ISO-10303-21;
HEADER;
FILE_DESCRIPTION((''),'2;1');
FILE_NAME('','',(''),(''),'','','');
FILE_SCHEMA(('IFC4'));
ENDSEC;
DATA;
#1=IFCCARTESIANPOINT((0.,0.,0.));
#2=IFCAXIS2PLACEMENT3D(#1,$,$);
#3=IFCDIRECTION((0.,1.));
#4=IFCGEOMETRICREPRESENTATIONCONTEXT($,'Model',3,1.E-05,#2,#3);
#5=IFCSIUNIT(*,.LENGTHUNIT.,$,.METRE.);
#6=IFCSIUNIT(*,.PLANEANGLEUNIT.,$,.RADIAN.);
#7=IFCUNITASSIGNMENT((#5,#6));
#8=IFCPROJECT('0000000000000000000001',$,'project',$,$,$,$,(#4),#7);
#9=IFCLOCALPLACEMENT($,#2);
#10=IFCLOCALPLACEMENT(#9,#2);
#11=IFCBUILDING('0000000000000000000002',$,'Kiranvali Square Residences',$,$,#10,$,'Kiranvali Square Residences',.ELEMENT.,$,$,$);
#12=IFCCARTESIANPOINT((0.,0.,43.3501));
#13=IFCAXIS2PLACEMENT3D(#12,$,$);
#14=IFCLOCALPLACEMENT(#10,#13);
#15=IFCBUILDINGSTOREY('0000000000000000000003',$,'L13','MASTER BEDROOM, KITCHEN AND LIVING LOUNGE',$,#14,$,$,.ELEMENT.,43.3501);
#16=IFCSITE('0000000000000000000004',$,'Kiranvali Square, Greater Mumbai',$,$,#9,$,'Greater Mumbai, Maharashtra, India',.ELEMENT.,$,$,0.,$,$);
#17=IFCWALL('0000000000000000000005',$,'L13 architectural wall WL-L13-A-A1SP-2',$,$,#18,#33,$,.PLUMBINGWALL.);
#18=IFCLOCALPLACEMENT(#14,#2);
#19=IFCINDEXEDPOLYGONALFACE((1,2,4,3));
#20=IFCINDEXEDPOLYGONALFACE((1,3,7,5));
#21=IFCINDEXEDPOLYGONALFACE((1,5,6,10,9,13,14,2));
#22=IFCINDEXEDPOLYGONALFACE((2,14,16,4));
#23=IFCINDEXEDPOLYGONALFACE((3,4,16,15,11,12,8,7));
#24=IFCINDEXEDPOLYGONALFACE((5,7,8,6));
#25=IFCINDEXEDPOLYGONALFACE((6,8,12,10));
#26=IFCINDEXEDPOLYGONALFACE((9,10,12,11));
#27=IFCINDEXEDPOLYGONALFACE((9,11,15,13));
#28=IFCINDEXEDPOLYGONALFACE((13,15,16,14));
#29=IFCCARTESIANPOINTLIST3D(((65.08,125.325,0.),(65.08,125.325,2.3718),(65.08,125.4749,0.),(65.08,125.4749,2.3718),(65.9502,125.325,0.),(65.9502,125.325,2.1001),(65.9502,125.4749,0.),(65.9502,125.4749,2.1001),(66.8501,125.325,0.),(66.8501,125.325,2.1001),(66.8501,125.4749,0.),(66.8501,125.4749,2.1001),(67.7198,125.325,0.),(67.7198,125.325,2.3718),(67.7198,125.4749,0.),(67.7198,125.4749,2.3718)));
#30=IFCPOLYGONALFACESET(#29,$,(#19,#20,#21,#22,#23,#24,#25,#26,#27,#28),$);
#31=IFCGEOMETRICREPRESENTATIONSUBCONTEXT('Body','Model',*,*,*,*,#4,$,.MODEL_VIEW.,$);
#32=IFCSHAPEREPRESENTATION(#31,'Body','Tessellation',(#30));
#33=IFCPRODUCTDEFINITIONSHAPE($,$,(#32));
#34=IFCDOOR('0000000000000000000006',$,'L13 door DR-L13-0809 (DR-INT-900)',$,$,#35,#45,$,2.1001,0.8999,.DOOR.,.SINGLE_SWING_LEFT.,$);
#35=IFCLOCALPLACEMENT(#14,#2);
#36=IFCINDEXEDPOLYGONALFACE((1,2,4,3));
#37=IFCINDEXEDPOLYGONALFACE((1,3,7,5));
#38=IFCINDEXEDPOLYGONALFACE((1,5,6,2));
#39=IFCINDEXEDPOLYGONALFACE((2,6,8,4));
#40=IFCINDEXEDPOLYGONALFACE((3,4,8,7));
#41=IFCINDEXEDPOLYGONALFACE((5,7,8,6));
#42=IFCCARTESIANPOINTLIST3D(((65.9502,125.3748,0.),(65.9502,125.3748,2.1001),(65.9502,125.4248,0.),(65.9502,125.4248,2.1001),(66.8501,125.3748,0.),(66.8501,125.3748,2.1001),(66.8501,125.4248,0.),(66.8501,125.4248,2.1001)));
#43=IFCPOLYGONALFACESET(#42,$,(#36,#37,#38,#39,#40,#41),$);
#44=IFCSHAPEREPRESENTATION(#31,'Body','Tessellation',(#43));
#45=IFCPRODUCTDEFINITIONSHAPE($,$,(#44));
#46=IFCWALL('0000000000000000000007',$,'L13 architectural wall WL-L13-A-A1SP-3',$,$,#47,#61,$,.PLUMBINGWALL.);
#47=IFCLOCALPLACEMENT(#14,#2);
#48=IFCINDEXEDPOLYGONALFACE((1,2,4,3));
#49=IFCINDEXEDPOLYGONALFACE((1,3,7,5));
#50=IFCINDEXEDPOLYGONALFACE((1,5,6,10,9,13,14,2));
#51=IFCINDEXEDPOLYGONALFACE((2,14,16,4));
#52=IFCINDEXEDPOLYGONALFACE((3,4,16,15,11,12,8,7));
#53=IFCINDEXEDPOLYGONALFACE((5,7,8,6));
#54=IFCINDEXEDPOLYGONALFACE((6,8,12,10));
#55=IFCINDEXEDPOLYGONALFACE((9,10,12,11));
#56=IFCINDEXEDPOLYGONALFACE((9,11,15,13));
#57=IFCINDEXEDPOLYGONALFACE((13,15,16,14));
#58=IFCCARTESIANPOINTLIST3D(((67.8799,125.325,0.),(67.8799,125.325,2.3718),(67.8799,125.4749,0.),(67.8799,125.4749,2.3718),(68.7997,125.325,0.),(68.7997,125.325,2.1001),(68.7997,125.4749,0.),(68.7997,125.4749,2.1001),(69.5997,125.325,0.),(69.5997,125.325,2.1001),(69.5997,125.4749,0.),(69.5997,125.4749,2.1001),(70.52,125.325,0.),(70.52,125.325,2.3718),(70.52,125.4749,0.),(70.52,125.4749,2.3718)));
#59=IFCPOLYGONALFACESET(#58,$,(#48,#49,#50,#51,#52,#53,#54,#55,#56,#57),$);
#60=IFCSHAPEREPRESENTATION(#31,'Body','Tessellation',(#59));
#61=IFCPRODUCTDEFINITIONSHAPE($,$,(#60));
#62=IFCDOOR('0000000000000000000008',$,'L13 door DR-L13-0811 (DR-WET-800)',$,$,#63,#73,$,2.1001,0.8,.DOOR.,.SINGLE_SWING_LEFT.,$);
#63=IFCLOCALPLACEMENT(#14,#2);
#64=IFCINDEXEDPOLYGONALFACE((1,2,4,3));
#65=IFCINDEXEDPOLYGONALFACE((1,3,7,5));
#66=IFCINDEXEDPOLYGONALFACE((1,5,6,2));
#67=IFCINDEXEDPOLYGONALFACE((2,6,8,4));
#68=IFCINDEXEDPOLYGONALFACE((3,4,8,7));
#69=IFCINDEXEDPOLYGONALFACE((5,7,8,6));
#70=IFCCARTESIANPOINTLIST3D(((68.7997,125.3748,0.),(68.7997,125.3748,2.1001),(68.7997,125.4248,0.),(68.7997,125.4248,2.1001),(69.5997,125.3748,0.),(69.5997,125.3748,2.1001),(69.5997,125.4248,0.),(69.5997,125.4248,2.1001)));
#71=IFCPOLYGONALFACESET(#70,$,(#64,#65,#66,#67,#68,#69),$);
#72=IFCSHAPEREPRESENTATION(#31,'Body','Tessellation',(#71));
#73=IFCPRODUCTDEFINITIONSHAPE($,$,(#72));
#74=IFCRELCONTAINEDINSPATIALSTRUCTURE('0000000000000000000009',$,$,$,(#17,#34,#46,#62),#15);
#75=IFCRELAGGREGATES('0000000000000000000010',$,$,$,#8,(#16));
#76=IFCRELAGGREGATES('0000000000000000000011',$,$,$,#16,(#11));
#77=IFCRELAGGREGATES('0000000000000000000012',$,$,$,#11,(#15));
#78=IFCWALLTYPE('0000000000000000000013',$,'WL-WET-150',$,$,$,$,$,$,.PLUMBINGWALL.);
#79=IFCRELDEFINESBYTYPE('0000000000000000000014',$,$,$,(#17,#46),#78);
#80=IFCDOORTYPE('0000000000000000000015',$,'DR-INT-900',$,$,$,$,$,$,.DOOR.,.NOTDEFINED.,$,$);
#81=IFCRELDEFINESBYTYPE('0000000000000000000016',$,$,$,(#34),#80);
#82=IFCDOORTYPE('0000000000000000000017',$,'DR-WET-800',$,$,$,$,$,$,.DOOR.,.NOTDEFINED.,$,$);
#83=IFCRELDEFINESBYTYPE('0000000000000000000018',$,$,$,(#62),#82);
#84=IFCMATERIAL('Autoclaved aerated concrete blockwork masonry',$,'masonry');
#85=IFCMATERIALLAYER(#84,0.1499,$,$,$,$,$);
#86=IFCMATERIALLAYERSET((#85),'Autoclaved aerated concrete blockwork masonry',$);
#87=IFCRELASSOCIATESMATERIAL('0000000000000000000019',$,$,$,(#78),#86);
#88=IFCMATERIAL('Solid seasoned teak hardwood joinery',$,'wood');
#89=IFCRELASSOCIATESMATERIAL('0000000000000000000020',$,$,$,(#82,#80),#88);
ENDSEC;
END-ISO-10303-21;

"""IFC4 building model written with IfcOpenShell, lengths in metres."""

from ifc_helpers import new_model, si_unit, direction, frame, frame_2d, origin, place, context, subcontext, project, spatial, rectangle, extrude, material, layer, layer_set, type_object, element, fill, save


model = new_model("IFC4")

# Units and contexts
model_context = context("Model", 3, precision=1e-05, world=origin(), true_north=direction((0.0, 1.0)))
body_context = subcontext(model_context, "Body", "Model", "MODEL_VIEW")
ifc_project = project(units=[si_unit("LENGTHUNIT", "METRE"), si_unit("PLANEANGLEUNIT", "RADIAN")], contexts=[model_context])

# Site, building, storey
site_placement = place(None, origin())
site = spatial("IfcSite", under=ifc_project, at=site_placement, Name="Kiranvali Square, Greater Mumbai", LongName="Greater Mumbai, Maharashtra, India", CompositionType="ELEMENT", RefElevation=0.0)
building_placement = place(site_placement, origin())
building = spatial("IfcBuilding", under=site, at=building_placement, Name="Kiranvali Square Residences", LongName="Kiranvali Square Residences", CompositionType="ELEMENT")
storey_placement = place(building_placement, frame((0.0, 0.0, 43.3501)))
storey = spatial("IfcBuildingStorey", under=building, at=storey_placement, Name="L13", Description="MASTER BEDROOM, KITCHEN AND LIVING LOUNGE", CompositionType="ELEMENT", Elevation=43.3501)

# Walls, openings, doors
ifc_material_1 = material(Name="Autoclaved aerated concrete blockwork masonry", Category="masonry")
ifc_layer_1 = layer(ifc_material_1, 0.1499)
ifc_layer_set_1 = layer_set([ifc_layer_1], Name="Autoclaved aerated concrete blockwork masonry")
wall_type_1 = type_object("IfcWallType", Name="WL-WET-150", PredefinedType="PLUMBINGWALL", material=ifc_layer_set_1)
ifc_material_2 = material(Name="Solid seasoned teak hardwood joinery", Category="wood")
door_type_1 = type_object("IfcDoorType", Name="DR-WET-800", OperationType="NOTDEFINED", PredefinedType="DOOR", material=ifc_material_2)
wall_1_placement = place(storey_placement, frame((65.0801, 125.3999, 0.0), z_axis=(0.0, 0.0, 1.0), x_axis=(1.0, 0.0, 0.0)))
wall_1 = element("IfcWall", 1, at=wall_1_placement, inside=storey, type_object=wall_type_1, Name="L13 architectural wall WL-L13-A-A1SP-2", PredefinedType="PLUMBINGWALL", context=body_context, shape_type="SweptSolid", body=[
    extrude(rectangle(XDim=2.6399, YDim=0.1499, at=frame_2d((1.3198, 0.0))), origin(), (0.0, 0.0, 1.0), 2.3718),
])
opening_1_placement = place(wall_1_placement, frame((0.8701, 0.0, 0.0)))
opening_1 = element("IfcOpeningElement", 2, at=opening_1_placement, cuts=wall_1, PredefinedType="OPENING", context=body_context, shape_type="SweptSolid", body=[
    extrude(rectangle(XDim=0.8999, YDim=2.1001, at=frame_2d((0.45, 1.05))), frame((0.0, 0.085, 0.0), z_axis=(0.0, -1.0, 0.0), x_axis=(1.0, 0.0, 0.0)), (0.0, 0.0, 1.0), 0.1699),
])
door_type_2 = type_object("IfcDoorType", Name="DR-INT-900", OperationType="NOTDEFINED", PredefinedType="DOOR", material=ifc_material_2)
door_1_placement = place(opening_1_placement, origin())
door_1 = element("IfcDoor", 3, at=door_1_placement, inside=storey, type_object=door_type_2, Name="L13 door DR-L13-0809 (DR-INT-900)", OperationType="SINGLE_SWING_LEFT", OverallHeight=2.1001, OverallWidth=0.8999, PredefinedType="DOOR", context=body_context, shape_type="SweptSolid", body=[
    extrude(rectangle(XDim=0.8999, YDim=2.1001, at=frame_2d((0.45, 1.05))), frame((0.0, 0.0249, 0.0), z_axis=(0.0, -1.0, 0.0), x_axis=(1.0, 0.0, 0.0)), (0.0, 0.0, 1.0), 0.05),
])
fill(opening_1, door_1)
wall_2_placement = place(storey_placement, frame((67.8799, 125.3999, 0.0), z_axis=(0.0, 0.0, 1.0), x_axis=(1.0, 0.0, 0.0)))
wall_2 = element("IfcWall", 4, at=wall_2_placement, inside=storey, type_object=wall_type_1, Name="L13 architectural wall WL-L13-A-A1SP-3", PredefinedType="PLUMBINGWALL", context=body_context, shape_type="SweptSolid", body=[
    extrude(rectangle(XDim=2.6401, YDim=0.1499, at=frame_2d((1.3201, 0.0))), origin(), (0.0, 0.0, 1.0), 2.3718),
])
opening_2_placement = place(wall_2_placement, frame((0.9199, 0.0, 0.0)))
opening_2 = element("IfcOpeningElement", 5, at=opening_2_placement, cuts=wall_2, PredefinedType="OPENING", context=body_context, shape_type="SweptSolid", body=[
    extrude(rectangle(XDim=0.8, YDim=2.1001, at=frame_2d((0.3999, 1.05))), frame((0.0, 0.085, 0.0), z_axis=(0.0, -1.0, 0.0), x_axis=(1.0, 0.0, 0.0)), (0.0, 0.0, 1.0), 0.1699),
])
door_2_placement = place(opening_2_placement, origin())
door_2 = element("IfcDoor", 6, at=door_2_placement, inside=storey, type_object=door_type_1, Name="L13 door DR-L13-0811 (DR-WET-800)", OperationType="SINGLE_SWING_LEFT", OverallHeight=2.1001, OverallWidth=0.8, PredefinedType="DOOR", context=body_context, shape_type="SweptSolid", body=[
    extrude(rectangle(XDim=0.8, YDim=2.1001, at=frame_2d((0.3999, 1.05))), frame((0.0, 0.0249, 0.0), z_axis=(0.0, -1.0, 0.0), x_axis=(1.0, 0.0, 0.0)), (0.0, 0.0, 1.0), 0.05),
])
fill(opening_2, door_2)

save(model, "model.ifc")
